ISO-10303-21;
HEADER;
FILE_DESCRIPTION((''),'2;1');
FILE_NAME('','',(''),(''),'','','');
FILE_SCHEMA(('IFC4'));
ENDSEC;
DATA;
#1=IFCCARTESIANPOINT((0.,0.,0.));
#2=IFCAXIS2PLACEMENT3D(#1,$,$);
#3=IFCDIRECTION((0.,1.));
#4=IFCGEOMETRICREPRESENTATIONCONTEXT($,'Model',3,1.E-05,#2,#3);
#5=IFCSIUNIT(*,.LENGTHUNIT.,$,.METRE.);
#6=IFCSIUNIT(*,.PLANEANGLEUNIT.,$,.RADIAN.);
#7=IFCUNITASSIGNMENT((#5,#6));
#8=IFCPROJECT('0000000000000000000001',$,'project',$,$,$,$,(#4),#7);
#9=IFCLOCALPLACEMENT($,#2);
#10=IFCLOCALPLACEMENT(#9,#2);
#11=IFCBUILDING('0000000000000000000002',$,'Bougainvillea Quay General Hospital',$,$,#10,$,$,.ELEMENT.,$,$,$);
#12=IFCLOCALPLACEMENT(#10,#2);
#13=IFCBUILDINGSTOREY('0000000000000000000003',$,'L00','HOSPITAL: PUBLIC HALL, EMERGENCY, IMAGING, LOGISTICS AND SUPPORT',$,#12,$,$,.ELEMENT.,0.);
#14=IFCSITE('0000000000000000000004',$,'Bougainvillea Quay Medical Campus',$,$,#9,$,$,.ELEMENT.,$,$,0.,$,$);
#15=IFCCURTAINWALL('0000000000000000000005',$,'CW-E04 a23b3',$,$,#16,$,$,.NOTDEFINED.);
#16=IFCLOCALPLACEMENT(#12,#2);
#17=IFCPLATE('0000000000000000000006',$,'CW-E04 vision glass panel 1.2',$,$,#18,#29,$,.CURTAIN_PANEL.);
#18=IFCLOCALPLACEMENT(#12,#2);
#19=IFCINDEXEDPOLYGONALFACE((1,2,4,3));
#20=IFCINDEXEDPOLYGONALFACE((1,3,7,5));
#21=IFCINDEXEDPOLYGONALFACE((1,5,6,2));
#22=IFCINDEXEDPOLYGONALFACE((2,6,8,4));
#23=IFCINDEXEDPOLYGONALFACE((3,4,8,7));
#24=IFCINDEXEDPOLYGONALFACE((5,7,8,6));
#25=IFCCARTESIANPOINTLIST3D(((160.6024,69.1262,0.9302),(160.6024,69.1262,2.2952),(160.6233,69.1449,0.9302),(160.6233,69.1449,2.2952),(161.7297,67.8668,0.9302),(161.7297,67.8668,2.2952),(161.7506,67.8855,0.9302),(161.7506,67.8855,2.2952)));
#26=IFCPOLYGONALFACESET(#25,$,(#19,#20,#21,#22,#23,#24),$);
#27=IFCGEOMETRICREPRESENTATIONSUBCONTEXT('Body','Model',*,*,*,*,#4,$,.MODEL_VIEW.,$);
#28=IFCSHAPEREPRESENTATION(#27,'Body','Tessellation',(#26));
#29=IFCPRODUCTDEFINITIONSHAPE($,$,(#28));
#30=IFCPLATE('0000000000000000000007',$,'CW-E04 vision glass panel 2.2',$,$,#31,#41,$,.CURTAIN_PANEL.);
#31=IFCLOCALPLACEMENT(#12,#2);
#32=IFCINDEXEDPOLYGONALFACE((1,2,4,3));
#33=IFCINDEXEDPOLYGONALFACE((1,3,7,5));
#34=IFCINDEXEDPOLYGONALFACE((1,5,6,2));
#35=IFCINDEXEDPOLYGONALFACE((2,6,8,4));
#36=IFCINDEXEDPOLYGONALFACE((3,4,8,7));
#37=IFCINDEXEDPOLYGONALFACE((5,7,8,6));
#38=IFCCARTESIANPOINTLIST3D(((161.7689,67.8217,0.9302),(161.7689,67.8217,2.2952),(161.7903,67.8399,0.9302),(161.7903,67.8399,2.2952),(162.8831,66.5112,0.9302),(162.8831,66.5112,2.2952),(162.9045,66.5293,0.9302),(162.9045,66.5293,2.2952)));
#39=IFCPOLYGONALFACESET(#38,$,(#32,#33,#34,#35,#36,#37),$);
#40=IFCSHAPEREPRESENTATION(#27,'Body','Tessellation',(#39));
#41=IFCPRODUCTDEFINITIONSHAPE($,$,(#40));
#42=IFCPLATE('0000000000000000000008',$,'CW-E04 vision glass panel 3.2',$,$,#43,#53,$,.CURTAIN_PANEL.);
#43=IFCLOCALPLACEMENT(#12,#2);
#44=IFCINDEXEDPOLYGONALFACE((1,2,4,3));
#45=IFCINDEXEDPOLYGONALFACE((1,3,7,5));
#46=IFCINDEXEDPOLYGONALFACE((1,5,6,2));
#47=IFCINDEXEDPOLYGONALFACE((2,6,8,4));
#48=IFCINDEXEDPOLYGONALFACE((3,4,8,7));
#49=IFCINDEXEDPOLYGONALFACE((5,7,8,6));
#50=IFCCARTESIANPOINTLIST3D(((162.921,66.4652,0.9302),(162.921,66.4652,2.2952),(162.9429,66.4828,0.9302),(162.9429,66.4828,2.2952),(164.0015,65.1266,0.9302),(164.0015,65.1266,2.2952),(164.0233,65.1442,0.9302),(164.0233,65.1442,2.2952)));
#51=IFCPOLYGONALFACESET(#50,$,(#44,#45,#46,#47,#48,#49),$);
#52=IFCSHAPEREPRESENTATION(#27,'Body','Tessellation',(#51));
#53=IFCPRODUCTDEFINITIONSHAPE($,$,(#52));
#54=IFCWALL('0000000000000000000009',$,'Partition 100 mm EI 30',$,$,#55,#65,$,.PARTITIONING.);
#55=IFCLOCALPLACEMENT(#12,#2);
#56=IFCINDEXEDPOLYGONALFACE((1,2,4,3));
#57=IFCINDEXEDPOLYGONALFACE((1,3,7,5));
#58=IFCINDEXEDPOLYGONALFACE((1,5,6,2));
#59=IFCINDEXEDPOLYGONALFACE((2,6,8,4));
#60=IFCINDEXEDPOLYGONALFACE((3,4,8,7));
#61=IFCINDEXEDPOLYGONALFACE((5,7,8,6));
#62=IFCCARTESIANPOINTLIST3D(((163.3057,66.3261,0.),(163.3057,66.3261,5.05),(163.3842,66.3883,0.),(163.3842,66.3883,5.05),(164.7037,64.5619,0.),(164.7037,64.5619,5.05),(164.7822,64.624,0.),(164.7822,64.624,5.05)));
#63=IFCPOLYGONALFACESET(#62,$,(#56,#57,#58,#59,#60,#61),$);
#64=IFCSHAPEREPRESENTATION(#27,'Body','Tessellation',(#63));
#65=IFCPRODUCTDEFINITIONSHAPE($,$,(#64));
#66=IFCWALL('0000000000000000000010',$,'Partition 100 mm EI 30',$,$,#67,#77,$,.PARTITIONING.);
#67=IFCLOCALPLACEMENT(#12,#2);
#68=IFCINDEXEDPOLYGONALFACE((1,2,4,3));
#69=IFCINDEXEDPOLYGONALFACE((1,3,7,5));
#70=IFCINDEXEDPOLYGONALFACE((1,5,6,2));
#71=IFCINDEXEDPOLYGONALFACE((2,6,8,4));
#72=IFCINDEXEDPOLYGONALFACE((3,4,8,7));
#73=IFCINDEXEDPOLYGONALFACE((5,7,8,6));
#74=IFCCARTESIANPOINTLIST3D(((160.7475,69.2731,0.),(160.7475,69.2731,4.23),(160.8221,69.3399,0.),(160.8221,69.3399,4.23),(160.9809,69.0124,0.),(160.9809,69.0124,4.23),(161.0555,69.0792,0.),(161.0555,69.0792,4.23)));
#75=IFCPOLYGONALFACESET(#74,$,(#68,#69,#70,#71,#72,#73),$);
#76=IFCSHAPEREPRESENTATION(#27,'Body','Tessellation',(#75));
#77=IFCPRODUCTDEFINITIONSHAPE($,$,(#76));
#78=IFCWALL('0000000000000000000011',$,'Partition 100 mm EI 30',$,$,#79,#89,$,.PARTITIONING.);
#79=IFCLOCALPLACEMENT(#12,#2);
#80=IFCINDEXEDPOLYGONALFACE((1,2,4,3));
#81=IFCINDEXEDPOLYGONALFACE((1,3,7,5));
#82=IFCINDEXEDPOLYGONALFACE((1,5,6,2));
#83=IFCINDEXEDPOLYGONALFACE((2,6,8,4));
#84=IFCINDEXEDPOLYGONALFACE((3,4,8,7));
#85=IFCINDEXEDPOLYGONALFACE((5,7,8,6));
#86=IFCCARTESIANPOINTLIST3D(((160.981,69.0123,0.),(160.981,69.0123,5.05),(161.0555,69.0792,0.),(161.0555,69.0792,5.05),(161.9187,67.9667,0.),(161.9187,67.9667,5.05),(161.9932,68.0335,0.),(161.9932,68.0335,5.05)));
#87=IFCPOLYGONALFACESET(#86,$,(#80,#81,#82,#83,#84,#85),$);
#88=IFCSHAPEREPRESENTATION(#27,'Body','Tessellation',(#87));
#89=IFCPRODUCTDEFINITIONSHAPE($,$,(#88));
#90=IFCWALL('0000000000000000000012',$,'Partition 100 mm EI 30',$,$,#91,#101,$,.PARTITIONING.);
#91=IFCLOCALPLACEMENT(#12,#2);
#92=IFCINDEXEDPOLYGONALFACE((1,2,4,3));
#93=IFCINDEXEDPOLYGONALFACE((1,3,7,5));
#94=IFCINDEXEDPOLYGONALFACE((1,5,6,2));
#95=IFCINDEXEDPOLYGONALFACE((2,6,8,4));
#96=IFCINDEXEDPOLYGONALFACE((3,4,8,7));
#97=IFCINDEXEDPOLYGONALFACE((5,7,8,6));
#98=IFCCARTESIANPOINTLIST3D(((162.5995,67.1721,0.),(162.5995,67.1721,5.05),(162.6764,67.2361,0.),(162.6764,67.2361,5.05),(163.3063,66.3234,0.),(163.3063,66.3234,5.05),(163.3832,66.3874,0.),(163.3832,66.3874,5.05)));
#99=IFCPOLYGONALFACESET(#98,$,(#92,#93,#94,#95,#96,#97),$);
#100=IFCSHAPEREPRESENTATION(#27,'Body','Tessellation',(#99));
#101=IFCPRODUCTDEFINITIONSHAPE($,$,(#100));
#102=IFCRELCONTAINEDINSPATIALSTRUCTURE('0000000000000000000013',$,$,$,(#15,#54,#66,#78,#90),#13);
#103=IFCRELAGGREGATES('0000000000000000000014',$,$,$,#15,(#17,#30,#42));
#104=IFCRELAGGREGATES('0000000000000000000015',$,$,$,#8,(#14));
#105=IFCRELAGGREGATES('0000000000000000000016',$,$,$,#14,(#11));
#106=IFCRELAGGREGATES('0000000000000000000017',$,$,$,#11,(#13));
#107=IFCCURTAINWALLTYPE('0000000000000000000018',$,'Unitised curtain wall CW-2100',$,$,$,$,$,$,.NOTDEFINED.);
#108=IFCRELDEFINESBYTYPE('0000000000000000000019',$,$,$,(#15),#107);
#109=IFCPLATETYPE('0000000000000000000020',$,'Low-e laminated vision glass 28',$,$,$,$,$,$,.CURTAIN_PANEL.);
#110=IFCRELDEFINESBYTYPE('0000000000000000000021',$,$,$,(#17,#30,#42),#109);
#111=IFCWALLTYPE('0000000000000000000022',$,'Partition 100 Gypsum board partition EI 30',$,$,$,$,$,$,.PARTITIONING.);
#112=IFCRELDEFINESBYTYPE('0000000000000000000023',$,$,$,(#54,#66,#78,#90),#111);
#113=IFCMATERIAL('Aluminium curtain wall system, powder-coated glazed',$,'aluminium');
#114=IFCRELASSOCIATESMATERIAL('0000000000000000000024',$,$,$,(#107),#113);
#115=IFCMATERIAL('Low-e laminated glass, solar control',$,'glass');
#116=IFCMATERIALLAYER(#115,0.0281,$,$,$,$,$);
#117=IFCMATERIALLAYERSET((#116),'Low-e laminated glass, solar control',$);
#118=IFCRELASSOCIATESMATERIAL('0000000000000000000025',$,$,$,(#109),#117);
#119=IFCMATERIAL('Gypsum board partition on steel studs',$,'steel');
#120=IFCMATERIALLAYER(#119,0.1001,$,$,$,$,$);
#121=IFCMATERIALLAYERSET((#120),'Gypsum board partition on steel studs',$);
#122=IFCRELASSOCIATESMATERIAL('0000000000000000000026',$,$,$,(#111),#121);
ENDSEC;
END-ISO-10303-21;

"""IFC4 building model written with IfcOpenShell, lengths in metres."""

from ifc_helpers import new_model, si_unit, direction, frame, frame_2d, origin, origin_2d, place, context, subcontext, project, spatial, rectangle, extrude, material, layer, layer_set, type_object, element, aggregate, save


model = new_model("IFC4")

# Units and contexts
model_context = context("Model", 3, precision=1e-05, world=origin(), true_north=direction((0.0, 1.0)))
body_context = subcontext(model_context, "Body", "Model", "MODEL_VIEW")
ifc_project = project(units=[si_unit("LENGTHUNIT", "METRE"), si_unit("PLANEANGLEUNIT", "RADIAN")], contexts=[model_context])

# Site, building, storey
site_placement = place(None, origin())
site = spatial("IfcSite", under=ifc_project, at=site_placement, Name="Bougainvillea Quay Medical Campus", CompositionType="ELEMENT", RefElevation=0.0)
building_placement = place(site_placement, origin())
building = spatial("IfcBuilding", under=site, at=building_placement, Name="Bougainvillea Quay General Hospital", CompositionType="ELEMENT")
storey_placement = place(building_placement, origin())
storey = spatial("IfcBuildingStorey", under=building, at=storey_placement, Name="L00", Description="HOSPITAL: PUBLIC HALL, EMERGENCY, IMAGING, LOGISTICS AND SUPPORT", CompositionType="ELEMENT", Elevation=0.0)

# Shared definitions
ifc_material_1 = material(Name="Aluminium curtain wall system, powder-coated glazed", Category="aluminium")
curtain_wall_type = type_object("IfcCurtainWallType", Name="Unitised curtain wall CW-2100", PredefinedType="NOTDEFINED", material=ifc_material_1)

# Curtain wall, plates
curtain_wall_1_placement = place(storey_placement, origin())
curtain_wall_1 = element("IfcCurtainWall", 1, at=curtain_wall_1_placement, inside=storey, type_object=curtain_wall_type, Name="CW-E04 a23b3", PredefinedType="NOTDEFINED")
ifc_material_2 = material(Name="Low-e laminated glass, solar control", Category="glass")
ifc_layer_1 = layer(ifc_material_2, 0.0281)
ifc_layer_set_1 = layer_set([ifc_layer_1], Name="Low-e laminated glass, solar control")
plate_type_1 = type_object("IfcPlateType", Name="Low-e laminated vision glass 28", PredefinedType="CURTAIN_PANEL", material=ifc_layer_set_1)
plate_1_placement = place(storey_placement, frame((161.1765, 68.5059, 0.9302), z_axis=(0.0, 0.0, 1.0), x_axis=(0.666959, -0.745094, 0.0)))
plate_1 = element("IfcPlate", 2, at=plate_1_placement, type_object=plate_type_1, Name="CW-E04 vision glass panel 1.2", PredefinedType="CURTAIN_PANEL", context=body_context, shape_type="SweptSolid", body=[
    extrude(rectangle(XDim=1.6902, YDim=0.0281, at=origin_2d()), origin(), (0.0, 0.0, 1.0), 1.365),
])
plate_2_placement = place(storey_placement, frame((162.3367, 67.1755, 0.9302), z_axis=(0.0, 0.0, 1.0), x_axis=(0.647726, -0.761873, 0.0)))
plate_2 = element("IfcPlate", 3, at=plate_2_placement, type_object=plate_type_1, Name="CW-E04 vision glass panel 2.2", PredefinedType="CURTAIN_PANEL", context=body_context, shape_type="SweptSolid", body=[
    extrude(rectangle(XDim=1.7202, YDim=0.0281, at=origin_2d()), origin(), (0.0, 0.0, 1.0), 1.365),
])
plate_3_placement = place(storey_placement, frame((163.4722, 65.8047, 0.9302), z_axis=(0.0, 0.0, 1.0), x_axis=(0.628072, -0.778155, 0.0)))
plate_3 = element("IfcPlate", 4, at=plate_3_placement, type_object=plate_type_1, Name="CW-E04 vision glass panel 3.2", PredefinedType="CURTAIN_PANEL", context=body_context, shape_type="SweptSolid", body=[
    extrude(rectangle(XDim=1.7202, YDim=0.0281, at=origin_2d()), origin(), (0.0, 0.0, 1.0), 1.365),
])
aggregate(curtain_wall_1, [plate_1, plate_2, plate_3])

# Walls
ifc_material_3 = material(Name="Gypsum board partition on steel studs", Category="steel")
ifc_layer_2 = layer(ifc_material_3, 0.1001)
ifc_layer_set_2 = layer_set([ifc_layer_2], Name="Gypsum board partition on steel studs")
wall_type = type_object("IfcWallType", Name="Partition 100 Gypsum board partition EI 30", PredefinedType="PARTITIONING", material=ifc_layer_set_2)
wall_1_placement = place(storey_placement, frame((163.345, 66.3572, 0.0), z_axis=(0.0, 0.0, 1.0), x_axis=(0.621064, -0.78376, 0.0)))
element("IfcWall", 5, at=wall_1_placement, inside=storey, type_object=wall_type, Name="Partition 100 mm EI 30", PredefinedType="PARTITIONING", context=body_context, shape_type="SweptSolid", body=[
    extrude(rectangle(XDim=2.251, YDim=0.1001, at=frame_2d((1.1255, 0.0))), origin(), (0.0, 0.0, 1.0), 5.05),
])
wall_2_placement = place(storey_placement, frame((160.7849, 69.3064, 0.0), z_axis=(0.0, 0.0, 1.0), x_axis=(0.666958, -0.745095, 0.0)))
element("IfcWall", 6, at=wall_2_placement, inside=storey, type_object=wall_type, Name="Partition 100 mm EI 30", PredefinedType="PARTITIONING", context=body_context, shape_type="SweptSolid", body=[
    extrude(rectangle(XDim=0.3499, YDim=0.1001, at=frame_2d((0.1748, 0.0))), origin(), (0.0, 0.0, 1.0), 4.23),
])
wall_3_placement = place(storey_placement, frame((161.0183, 69.0457, 0.0), z_axis=(0.0, 0.0, 1.0), x_axis=(0.667648, -0.744477, 0.0)))
element("IfcWall", 7, at=wall_3_placement, inside=storey, type_object=wall_type, Name="Partition 100 mm EI 30", PredefinedType="PARTITIONING", context=body_context, shape_type="SweptSolid", body=[
    extrude(rectangle(XDim=1.4045, YDim=0.1001, at=frame_2d((0.7021, 0.0))), origin(), (0.0, 0.0, 1.0), 5.05),
])
wall_4_placement = place(storey_placement, frame((162.6379, 67.2041, 0.0), z_axis=(0.0, 0.0, 1.0), x_axis=(0.639967, -0.768402, 0.0)))
element("IfcWall", 8, at=wall_4_placement, inside=storey, type_object=wall_type, Name="Partition 100 mm EI 30", PredefinedType="PARTITIONING", context=body_context, shape_type="SweptSolid", body=[
    extrude(rectangle(XDim=1.1045, YDim=0.1001, at=frame_2d((0.5522, 0.0))), origin(), (0.0, 0.0, 1.0), 5.05),
])

save(model, "model.ifc")
